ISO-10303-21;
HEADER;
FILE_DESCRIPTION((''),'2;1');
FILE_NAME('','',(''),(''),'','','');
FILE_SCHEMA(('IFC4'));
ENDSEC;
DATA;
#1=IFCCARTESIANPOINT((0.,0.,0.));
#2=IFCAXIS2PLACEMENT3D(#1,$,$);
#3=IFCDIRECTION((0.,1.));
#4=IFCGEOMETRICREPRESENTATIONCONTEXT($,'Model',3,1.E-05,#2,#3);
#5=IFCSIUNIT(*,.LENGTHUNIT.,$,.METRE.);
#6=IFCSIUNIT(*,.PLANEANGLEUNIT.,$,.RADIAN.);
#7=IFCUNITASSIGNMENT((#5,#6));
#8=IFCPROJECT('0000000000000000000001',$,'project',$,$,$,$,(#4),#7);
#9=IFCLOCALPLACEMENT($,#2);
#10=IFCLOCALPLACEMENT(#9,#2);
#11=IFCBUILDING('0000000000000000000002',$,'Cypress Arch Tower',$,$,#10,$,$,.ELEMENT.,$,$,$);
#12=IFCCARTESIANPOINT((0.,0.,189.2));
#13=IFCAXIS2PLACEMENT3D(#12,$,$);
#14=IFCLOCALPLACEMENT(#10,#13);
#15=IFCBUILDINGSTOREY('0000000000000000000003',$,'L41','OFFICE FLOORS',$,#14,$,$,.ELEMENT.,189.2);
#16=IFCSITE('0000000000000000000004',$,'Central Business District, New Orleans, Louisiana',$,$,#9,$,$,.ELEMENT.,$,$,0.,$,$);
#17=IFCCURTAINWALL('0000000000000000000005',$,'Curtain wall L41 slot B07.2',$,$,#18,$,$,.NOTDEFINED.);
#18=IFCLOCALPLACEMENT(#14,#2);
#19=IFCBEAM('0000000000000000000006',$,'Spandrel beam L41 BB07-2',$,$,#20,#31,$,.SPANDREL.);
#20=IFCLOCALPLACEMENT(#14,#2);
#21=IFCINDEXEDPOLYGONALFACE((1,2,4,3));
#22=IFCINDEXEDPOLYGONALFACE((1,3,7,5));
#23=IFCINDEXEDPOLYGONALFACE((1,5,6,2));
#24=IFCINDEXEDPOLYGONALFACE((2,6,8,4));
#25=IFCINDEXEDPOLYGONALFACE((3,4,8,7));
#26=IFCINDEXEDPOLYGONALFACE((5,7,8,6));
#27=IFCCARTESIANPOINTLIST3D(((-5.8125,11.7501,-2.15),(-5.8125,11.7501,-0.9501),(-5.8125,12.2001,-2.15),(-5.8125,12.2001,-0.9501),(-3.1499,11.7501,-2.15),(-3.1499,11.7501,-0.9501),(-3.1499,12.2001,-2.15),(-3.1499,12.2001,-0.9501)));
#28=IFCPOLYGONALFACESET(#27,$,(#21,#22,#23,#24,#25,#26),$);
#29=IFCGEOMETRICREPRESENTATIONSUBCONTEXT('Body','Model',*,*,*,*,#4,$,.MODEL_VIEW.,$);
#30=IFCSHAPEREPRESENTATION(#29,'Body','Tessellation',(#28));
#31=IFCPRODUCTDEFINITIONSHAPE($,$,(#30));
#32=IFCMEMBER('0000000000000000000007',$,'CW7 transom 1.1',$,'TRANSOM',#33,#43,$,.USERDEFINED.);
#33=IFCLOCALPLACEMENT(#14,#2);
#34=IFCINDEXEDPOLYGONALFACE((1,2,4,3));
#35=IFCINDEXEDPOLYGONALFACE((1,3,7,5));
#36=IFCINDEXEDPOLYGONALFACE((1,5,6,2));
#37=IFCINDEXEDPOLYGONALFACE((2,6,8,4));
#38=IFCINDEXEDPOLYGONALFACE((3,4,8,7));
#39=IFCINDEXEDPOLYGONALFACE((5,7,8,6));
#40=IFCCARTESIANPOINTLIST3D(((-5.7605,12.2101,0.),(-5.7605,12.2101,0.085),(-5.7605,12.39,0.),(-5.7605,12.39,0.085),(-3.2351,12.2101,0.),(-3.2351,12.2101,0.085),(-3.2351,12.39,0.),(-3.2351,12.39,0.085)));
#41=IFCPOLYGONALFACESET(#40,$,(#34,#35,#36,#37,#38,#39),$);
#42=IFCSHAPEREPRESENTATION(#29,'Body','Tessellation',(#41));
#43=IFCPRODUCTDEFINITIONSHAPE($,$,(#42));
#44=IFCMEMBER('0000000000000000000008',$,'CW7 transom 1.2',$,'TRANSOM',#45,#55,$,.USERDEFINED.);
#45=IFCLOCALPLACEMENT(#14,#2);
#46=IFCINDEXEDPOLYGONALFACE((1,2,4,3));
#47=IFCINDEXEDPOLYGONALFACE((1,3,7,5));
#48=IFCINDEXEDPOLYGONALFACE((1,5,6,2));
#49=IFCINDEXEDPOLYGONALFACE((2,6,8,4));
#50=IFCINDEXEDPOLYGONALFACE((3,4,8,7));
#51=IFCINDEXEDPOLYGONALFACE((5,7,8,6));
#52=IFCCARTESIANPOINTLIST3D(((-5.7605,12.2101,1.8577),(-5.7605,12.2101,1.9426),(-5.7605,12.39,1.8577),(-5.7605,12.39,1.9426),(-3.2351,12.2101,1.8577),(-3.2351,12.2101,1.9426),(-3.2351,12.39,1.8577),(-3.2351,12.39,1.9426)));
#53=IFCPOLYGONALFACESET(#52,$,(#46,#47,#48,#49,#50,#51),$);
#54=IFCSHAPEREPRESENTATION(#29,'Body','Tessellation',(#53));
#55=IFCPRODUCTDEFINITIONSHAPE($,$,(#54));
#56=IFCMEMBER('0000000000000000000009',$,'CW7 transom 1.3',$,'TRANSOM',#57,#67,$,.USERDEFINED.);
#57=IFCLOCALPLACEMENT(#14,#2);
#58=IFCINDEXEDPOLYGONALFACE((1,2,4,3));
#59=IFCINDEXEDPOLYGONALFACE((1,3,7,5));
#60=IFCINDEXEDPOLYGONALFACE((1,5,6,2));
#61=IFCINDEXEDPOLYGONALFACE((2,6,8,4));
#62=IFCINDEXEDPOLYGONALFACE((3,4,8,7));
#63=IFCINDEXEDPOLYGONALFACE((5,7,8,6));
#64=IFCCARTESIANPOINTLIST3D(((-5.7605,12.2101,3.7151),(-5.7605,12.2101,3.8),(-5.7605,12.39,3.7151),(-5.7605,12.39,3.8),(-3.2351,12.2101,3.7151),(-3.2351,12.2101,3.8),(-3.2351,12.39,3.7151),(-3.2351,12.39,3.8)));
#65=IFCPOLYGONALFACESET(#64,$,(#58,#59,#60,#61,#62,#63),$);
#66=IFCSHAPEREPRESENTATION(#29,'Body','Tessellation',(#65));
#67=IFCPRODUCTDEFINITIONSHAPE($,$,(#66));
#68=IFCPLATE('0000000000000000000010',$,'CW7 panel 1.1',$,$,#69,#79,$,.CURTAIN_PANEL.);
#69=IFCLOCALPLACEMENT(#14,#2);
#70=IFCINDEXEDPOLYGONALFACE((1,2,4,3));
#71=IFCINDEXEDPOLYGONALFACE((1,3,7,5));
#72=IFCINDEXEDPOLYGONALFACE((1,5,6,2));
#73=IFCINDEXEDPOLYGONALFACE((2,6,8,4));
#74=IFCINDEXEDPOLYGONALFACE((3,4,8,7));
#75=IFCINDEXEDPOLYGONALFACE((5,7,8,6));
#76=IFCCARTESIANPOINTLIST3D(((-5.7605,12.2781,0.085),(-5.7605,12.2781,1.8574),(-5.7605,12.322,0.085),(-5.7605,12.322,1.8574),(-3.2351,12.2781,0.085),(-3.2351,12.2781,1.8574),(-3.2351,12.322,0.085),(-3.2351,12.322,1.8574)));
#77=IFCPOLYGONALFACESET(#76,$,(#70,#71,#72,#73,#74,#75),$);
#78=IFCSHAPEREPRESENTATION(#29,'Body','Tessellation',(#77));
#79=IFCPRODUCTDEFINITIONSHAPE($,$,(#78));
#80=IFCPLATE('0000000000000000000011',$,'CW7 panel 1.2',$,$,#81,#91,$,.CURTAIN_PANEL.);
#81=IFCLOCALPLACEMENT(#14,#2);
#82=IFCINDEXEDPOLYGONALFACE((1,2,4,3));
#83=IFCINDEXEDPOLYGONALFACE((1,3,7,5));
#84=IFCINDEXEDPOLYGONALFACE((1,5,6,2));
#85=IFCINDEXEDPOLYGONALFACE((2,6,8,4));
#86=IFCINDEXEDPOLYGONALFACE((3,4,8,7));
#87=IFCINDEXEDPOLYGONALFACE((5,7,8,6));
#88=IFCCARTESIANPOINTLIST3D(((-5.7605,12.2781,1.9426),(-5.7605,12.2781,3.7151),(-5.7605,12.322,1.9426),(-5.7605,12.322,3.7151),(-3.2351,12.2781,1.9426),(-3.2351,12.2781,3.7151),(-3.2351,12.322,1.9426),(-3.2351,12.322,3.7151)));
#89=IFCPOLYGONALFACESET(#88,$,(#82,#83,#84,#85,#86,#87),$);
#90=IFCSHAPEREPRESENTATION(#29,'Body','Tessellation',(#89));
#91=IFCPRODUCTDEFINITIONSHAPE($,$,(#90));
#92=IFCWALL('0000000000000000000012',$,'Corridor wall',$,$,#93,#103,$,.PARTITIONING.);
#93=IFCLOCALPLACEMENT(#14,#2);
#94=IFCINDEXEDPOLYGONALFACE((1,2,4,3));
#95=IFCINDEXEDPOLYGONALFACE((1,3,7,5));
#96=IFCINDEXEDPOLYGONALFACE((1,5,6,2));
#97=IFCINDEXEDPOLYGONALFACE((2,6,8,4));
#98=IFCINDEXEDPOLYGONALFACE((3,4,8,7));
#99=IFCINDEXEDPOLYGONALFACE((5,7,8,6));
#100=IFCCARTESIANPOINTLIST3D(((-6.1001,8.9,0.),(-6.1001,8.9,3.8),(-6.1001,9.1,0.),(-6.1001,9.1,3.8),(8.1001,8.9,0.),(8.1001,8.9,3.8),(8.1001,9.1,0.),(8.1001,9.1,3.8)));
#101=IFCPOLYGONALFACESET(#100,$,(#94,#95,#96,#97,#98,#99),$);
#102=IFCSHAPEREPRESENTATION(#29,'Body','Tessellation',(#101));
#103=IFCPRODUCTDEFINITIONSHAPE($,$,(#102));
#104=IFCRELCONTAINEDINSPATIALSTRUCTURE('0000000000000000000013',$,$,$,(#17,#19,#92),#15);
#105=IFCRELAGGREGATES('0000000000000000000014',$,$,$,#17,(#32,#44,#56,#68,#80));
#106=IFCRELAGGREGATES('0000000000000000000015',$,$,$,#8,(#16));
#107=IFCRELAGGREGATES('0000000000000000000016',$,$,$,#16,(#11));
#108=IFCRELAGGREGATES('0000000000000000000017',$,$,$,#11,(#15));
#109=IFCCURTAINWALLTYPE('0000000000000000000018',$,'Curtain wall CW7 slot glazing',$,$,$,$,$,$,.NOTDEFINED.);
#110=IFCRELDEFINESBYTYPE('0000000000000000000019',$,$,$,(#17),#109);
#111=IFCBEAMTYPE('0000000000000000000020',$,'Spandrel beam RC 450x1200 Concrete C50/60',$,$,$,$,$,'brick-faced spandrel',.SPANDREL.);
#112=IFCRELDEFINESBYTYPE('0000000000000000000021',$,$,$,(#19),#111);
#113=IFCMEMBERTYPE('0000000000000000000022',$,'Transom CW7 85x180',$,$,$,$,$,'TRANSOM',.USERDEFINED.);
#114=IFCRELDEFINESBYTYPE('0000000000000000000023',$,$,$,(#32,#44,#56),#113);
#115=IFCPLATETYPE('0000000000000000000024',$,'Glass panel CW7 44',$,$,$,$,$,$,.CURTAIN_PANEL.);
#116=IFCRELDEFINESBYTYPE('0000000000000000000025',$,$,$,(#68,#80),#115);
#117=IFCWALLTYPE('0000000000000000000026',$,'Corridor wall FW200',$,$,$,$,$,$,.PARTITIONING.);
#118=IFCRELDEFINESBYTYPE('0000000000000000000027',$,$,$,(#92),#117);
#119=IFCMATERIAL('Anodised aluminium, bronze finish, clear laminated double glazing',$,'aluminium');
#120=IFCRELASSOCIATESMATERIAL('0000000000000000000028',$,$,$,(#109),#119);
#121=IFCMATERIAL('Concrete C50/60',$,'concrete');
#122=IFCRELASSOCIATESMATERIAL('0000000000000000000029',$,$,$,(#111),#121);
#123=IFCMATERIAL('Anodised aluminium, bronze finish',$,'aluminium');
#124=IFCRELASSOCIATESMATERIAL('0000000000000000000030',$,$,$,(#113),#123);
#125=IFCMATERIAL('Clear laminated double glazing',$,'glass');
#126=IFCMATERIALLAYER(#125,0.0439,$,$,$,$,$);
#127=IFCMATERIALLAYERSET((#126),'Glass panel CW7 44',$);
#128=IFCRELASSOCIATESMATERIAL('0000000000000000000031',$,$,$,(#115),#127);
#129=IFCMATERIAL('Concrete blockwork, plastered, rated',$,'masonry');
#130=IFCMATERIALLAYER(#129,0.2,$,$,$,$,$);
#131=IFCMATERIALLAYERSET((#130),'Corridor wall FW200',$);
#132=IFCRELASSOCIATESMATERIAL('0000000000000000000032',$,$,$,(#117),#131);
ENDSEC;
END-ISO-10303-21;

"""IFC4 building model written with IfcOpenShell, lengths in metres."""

from ifc_helpers import new_model, si_unit, direction, frame, frame_2d, origin, origin_2d, place, context, subcontext, project, spatial, rectangle, extrude, material, layer, layer_set, material_profile, profile_set, type_object, element, aggregate, save


model = new_model("IFC4")

# Units and contexts
model_context = context("Model", 3, precision=1e-05, world=origin(), true_north=direction((0.0, 1.0)))
body_context = subcontext(model_context, "Body", "Model", "MODEL_VIEW")
ifc_project = project(units=[si_unit("LENGTHUNIT", "METRE"), si_unit("PLANEANGLEUNIT", "RADIAN")], contexts=[model_context])

# Site, building, storey
site_placement = place(None, origin())
site = spatial("IfcSite", under=ifc_project, at=site_placement, Name="Central Business District, New Orleans, Louisiana", CompositionType="ELEMENT", RefElevation=0.0)
building_placement = place(site_placement, origin())
building = spatial("IfcBuilding", under=site, at=building_placement, Name="Cypress Arch Tower", CompositionType="ELEMENT")
storey_placement = place(building_placement, frame((0.0, 0.0, 189.2)))
storey = spatial("IfcBuildingStorey", under=building, at=storey_placement, Name="L41", Description="OFFICE FLOORS", CompositionType="ELEMENT", Elevation=189.2)

# Curtain wall
ifc_material_1 = material(Name="Anodised aluminium, bronze finish, clear laminated double glazing", Category="aluminium")
curtain_wall_type = type_object("IfcCurtainWallType", Name="Curtain wall CW7 slot glazing", PredefinedType="NOTDEFINED", material=ifc_material_1)
curtain_wall_placement = place(storey_placement, origin())
curtain_wall = element("IfcCurtainWall", 1, at=curtain_wall_placement, inside=storey, type_object=curtain_wall_type, Name="Curtain wall L41 slot B07.2", PredefinedType="NOTDEFINED")

# Beam
ifc_material_2 = material(Name="Concrete C50/60", Category="concrete")
ifc_material_profile_1 = material_profile(ifc_material_2, rectangle(XDim=0.45, YDim=1.2, at=origin_2d()), Name="RC 450x1200")
ifc_profile_set_1 = profile_set([ifc_material_profile_1], Name="Concrete C50/60")
beam_type_1 = type_object("IfcBeamType", Name="Spandrel beam RC 450x1200 Concrete C50/60", ElementType="brick-faced spandrel", PredefinedType="SPANDREL", material=ifc_profile_set_1)
beam_1_placement = place(storey_placement, frame((-3.1499, 11.9751, -1.55), z_axis=(-1.0, 0.0, 0.0), x_axis=(0.0, -1.0, 0.0)))
element("IfcBeam", 2, at=beam_1_placement, inside=storey, type_object=beam_type_1, Name="Spandrel beam L41 BB07-2", PredefinedType="SPANDREL", context=body_context, shape_type="SweptSolid", body=[
    extrude(rectangle(XDim=0.45, YDim=1.2, at=origin_2d()), origin(), (0.0, 0.0, 1.0), 2.6626),
])

# Members
ifc_material_3 = material(Name="Anodised aluminium, bronze finish", Category="aluminium")
ifc_material_profile_2 = material_profile(ifc_material_3, rectangle(XDim=0.1799, YDim=0.085, at=origin_2d()), Name="Transom 85x180")
ifc_profile_set_2 = profile_set([ifc_material_profile_2], Name="Anodised aluminium, bronze finish")
member_type_1 = type_object("IfcMemberType", Name="Transom CW7 85x180", ElementType="TRANSOM", PredefinedType="USERDEFINED", material=ifc_profile_set_2)
member_1_placement = place(storey_placement, frame((-3.2351, 12.3, 0.0425), z_axis=(-1.0, 0.0, 0.0), x_axis=(0.0, -1.0, 0.0)))
member_1 = element("IfcMember", 3, at=member_1_placement, type_object=member_type_1, Name="CW7 transom 1.1", ObjectType="TRANSOM", PredefinedType="USERDEFINED", context=body_context, shape_type="SweptSolid", body=[
    extrude(rectangle(XDim=0.1799, YDim=0.085, at=origin_2d()), origin(), (0.0, 0.0, 1.0), 2.5254),
])
member_2_placement = place(storey_placement, frame((-3.2351, 12.3, 1.9001), z_axis=(-1.0, 0.0, 0.0), x_axis=(0.0, -1.0, 0.0)))
member_2 = element("IfcMember", 4, at=member_2_placement, type_object=member_type_1, Name="CW7 transom 1.2", ObjectType="TRANSOM", PredefinedType="USERDEFINED", context=body_context, shape_type="SweptSolid", body=[
    extrude(rectangle(XDim=0.1799, YDim=0.085, at=origin_2d()), origin(), (0.0, 0.0, 1.0), 2.5254),
])
member_3_placement = place(storey_placement, frame((-3.2351, 12.3, 3.7576), z_axis=(-1.0, 0.0, 0.0), x_axis=(0.0, -1.0, 0.0)))
member_3 = element("IfcMember", 5, at=member_3_placement, type_object=member_type_1, Name="CW7 transom 1.3", ObjectType="TRANSOM", PredefinedType="USERDEFINED", context=body_context, shape_type="SweptSolid", body=[
    extrude(rectangle(XDim=0.1799, YDim=0.085, at=origin_2d()), origin(), (0.0, 0.0, 1.0), 2.5254),
])

# Plates
ifc_material_4 = material(Name="Clear laminated double glazing", Category="glass")
ifc_layer_1 = layer(ifc_material_4, 0.0439)
ifc_layer_set_1 = layer_set([ifc_layer_1], Name="Glass panel CW7 44")
plate_type = type_object("IfcPlateType", Name="Glass panel CW7 44", PredefinedType="CURTAIN_PANEL", material=ifc_layer_set_1)
plate_1_placement = place(storey_placement, frame((-4.4978, 12.3, 0.085), z_axis=(0.0, 0.0, 1.0), x_axis=(-1.0, 0.0, 0.0)))
plate_1 = element("IfcPlate", 6, at=plate_1_placement, type_object=plate_type, Name="CW7 panel 1.1", PredefinedType="CURTAIN_PANEL", context=body_context, shape_type="SweptSolid", body=[
    extrude(rectangle(XDim=2.5254, YDim=0.0439, at=origin_2d()), origin(), (0.0, 0.0, 1.0), 1.7725),
])
plate_2_placement = place(storey_placement, frame((-4.4978, 12.3, 1.9426), z_axis=(0.0, 0.0, 1.0), x_axis=(-1.0, 0.0, 0.0)))
plate_2 = element("IfcPlate", 7, at=plate_2_placement, type_object=plate_type, Name="CW7 panel 1.2", PredefinedType="CURTAIN_PANEL", context=body_context, shape_type="SweptSolid", body=[
    extrude(rectangle(XDim=2.5254, YDim=0.0439, at=origin_2d()), origin(), (0.0, 0.0, 1.0), 1.7725),
])
aggregate(curtain_wall, [member_1, member_2, member_3, plate_1, plate_2])

# Shared definitions
ifc_material_5 = material(Name="Concrete blockwork, plastered, rated", Category="masonry")
ifc_layer_2 = layer(ifc_material_5, 0.2)
ifc_layer_set_2 = layer_set([ifc_layer_2], Name="Corridor wall FW200")
wall_type = type_object("IfcWallType", Name="Corridor wall FW200", PredefinedType="PARTITIONING", material=ifc_layer_set_2)

# Wall
wall_1_placement = place(storey_placement, frame((-6.1001, 9.0, 0.0), z_axis=(0.0, 0.0, 1.0), x_axis=(1.0, 0.0, 0.0)))
element("IfcWall", 8, at=wall_1_placement, inside=storey, type_object=wall_type, Name="Corridor wall", PredefinedType="PARTITIONING", context=body_context, shape_type="SweptSolid", body=[
    extrude(rectangle(XDim=14.2002, YDim=0.2, at=frame_2d((7.1001, 0.0))), origin(), (0.0, 0.0, 1.0), 3.8),
])

save(model, "model.ifc")
